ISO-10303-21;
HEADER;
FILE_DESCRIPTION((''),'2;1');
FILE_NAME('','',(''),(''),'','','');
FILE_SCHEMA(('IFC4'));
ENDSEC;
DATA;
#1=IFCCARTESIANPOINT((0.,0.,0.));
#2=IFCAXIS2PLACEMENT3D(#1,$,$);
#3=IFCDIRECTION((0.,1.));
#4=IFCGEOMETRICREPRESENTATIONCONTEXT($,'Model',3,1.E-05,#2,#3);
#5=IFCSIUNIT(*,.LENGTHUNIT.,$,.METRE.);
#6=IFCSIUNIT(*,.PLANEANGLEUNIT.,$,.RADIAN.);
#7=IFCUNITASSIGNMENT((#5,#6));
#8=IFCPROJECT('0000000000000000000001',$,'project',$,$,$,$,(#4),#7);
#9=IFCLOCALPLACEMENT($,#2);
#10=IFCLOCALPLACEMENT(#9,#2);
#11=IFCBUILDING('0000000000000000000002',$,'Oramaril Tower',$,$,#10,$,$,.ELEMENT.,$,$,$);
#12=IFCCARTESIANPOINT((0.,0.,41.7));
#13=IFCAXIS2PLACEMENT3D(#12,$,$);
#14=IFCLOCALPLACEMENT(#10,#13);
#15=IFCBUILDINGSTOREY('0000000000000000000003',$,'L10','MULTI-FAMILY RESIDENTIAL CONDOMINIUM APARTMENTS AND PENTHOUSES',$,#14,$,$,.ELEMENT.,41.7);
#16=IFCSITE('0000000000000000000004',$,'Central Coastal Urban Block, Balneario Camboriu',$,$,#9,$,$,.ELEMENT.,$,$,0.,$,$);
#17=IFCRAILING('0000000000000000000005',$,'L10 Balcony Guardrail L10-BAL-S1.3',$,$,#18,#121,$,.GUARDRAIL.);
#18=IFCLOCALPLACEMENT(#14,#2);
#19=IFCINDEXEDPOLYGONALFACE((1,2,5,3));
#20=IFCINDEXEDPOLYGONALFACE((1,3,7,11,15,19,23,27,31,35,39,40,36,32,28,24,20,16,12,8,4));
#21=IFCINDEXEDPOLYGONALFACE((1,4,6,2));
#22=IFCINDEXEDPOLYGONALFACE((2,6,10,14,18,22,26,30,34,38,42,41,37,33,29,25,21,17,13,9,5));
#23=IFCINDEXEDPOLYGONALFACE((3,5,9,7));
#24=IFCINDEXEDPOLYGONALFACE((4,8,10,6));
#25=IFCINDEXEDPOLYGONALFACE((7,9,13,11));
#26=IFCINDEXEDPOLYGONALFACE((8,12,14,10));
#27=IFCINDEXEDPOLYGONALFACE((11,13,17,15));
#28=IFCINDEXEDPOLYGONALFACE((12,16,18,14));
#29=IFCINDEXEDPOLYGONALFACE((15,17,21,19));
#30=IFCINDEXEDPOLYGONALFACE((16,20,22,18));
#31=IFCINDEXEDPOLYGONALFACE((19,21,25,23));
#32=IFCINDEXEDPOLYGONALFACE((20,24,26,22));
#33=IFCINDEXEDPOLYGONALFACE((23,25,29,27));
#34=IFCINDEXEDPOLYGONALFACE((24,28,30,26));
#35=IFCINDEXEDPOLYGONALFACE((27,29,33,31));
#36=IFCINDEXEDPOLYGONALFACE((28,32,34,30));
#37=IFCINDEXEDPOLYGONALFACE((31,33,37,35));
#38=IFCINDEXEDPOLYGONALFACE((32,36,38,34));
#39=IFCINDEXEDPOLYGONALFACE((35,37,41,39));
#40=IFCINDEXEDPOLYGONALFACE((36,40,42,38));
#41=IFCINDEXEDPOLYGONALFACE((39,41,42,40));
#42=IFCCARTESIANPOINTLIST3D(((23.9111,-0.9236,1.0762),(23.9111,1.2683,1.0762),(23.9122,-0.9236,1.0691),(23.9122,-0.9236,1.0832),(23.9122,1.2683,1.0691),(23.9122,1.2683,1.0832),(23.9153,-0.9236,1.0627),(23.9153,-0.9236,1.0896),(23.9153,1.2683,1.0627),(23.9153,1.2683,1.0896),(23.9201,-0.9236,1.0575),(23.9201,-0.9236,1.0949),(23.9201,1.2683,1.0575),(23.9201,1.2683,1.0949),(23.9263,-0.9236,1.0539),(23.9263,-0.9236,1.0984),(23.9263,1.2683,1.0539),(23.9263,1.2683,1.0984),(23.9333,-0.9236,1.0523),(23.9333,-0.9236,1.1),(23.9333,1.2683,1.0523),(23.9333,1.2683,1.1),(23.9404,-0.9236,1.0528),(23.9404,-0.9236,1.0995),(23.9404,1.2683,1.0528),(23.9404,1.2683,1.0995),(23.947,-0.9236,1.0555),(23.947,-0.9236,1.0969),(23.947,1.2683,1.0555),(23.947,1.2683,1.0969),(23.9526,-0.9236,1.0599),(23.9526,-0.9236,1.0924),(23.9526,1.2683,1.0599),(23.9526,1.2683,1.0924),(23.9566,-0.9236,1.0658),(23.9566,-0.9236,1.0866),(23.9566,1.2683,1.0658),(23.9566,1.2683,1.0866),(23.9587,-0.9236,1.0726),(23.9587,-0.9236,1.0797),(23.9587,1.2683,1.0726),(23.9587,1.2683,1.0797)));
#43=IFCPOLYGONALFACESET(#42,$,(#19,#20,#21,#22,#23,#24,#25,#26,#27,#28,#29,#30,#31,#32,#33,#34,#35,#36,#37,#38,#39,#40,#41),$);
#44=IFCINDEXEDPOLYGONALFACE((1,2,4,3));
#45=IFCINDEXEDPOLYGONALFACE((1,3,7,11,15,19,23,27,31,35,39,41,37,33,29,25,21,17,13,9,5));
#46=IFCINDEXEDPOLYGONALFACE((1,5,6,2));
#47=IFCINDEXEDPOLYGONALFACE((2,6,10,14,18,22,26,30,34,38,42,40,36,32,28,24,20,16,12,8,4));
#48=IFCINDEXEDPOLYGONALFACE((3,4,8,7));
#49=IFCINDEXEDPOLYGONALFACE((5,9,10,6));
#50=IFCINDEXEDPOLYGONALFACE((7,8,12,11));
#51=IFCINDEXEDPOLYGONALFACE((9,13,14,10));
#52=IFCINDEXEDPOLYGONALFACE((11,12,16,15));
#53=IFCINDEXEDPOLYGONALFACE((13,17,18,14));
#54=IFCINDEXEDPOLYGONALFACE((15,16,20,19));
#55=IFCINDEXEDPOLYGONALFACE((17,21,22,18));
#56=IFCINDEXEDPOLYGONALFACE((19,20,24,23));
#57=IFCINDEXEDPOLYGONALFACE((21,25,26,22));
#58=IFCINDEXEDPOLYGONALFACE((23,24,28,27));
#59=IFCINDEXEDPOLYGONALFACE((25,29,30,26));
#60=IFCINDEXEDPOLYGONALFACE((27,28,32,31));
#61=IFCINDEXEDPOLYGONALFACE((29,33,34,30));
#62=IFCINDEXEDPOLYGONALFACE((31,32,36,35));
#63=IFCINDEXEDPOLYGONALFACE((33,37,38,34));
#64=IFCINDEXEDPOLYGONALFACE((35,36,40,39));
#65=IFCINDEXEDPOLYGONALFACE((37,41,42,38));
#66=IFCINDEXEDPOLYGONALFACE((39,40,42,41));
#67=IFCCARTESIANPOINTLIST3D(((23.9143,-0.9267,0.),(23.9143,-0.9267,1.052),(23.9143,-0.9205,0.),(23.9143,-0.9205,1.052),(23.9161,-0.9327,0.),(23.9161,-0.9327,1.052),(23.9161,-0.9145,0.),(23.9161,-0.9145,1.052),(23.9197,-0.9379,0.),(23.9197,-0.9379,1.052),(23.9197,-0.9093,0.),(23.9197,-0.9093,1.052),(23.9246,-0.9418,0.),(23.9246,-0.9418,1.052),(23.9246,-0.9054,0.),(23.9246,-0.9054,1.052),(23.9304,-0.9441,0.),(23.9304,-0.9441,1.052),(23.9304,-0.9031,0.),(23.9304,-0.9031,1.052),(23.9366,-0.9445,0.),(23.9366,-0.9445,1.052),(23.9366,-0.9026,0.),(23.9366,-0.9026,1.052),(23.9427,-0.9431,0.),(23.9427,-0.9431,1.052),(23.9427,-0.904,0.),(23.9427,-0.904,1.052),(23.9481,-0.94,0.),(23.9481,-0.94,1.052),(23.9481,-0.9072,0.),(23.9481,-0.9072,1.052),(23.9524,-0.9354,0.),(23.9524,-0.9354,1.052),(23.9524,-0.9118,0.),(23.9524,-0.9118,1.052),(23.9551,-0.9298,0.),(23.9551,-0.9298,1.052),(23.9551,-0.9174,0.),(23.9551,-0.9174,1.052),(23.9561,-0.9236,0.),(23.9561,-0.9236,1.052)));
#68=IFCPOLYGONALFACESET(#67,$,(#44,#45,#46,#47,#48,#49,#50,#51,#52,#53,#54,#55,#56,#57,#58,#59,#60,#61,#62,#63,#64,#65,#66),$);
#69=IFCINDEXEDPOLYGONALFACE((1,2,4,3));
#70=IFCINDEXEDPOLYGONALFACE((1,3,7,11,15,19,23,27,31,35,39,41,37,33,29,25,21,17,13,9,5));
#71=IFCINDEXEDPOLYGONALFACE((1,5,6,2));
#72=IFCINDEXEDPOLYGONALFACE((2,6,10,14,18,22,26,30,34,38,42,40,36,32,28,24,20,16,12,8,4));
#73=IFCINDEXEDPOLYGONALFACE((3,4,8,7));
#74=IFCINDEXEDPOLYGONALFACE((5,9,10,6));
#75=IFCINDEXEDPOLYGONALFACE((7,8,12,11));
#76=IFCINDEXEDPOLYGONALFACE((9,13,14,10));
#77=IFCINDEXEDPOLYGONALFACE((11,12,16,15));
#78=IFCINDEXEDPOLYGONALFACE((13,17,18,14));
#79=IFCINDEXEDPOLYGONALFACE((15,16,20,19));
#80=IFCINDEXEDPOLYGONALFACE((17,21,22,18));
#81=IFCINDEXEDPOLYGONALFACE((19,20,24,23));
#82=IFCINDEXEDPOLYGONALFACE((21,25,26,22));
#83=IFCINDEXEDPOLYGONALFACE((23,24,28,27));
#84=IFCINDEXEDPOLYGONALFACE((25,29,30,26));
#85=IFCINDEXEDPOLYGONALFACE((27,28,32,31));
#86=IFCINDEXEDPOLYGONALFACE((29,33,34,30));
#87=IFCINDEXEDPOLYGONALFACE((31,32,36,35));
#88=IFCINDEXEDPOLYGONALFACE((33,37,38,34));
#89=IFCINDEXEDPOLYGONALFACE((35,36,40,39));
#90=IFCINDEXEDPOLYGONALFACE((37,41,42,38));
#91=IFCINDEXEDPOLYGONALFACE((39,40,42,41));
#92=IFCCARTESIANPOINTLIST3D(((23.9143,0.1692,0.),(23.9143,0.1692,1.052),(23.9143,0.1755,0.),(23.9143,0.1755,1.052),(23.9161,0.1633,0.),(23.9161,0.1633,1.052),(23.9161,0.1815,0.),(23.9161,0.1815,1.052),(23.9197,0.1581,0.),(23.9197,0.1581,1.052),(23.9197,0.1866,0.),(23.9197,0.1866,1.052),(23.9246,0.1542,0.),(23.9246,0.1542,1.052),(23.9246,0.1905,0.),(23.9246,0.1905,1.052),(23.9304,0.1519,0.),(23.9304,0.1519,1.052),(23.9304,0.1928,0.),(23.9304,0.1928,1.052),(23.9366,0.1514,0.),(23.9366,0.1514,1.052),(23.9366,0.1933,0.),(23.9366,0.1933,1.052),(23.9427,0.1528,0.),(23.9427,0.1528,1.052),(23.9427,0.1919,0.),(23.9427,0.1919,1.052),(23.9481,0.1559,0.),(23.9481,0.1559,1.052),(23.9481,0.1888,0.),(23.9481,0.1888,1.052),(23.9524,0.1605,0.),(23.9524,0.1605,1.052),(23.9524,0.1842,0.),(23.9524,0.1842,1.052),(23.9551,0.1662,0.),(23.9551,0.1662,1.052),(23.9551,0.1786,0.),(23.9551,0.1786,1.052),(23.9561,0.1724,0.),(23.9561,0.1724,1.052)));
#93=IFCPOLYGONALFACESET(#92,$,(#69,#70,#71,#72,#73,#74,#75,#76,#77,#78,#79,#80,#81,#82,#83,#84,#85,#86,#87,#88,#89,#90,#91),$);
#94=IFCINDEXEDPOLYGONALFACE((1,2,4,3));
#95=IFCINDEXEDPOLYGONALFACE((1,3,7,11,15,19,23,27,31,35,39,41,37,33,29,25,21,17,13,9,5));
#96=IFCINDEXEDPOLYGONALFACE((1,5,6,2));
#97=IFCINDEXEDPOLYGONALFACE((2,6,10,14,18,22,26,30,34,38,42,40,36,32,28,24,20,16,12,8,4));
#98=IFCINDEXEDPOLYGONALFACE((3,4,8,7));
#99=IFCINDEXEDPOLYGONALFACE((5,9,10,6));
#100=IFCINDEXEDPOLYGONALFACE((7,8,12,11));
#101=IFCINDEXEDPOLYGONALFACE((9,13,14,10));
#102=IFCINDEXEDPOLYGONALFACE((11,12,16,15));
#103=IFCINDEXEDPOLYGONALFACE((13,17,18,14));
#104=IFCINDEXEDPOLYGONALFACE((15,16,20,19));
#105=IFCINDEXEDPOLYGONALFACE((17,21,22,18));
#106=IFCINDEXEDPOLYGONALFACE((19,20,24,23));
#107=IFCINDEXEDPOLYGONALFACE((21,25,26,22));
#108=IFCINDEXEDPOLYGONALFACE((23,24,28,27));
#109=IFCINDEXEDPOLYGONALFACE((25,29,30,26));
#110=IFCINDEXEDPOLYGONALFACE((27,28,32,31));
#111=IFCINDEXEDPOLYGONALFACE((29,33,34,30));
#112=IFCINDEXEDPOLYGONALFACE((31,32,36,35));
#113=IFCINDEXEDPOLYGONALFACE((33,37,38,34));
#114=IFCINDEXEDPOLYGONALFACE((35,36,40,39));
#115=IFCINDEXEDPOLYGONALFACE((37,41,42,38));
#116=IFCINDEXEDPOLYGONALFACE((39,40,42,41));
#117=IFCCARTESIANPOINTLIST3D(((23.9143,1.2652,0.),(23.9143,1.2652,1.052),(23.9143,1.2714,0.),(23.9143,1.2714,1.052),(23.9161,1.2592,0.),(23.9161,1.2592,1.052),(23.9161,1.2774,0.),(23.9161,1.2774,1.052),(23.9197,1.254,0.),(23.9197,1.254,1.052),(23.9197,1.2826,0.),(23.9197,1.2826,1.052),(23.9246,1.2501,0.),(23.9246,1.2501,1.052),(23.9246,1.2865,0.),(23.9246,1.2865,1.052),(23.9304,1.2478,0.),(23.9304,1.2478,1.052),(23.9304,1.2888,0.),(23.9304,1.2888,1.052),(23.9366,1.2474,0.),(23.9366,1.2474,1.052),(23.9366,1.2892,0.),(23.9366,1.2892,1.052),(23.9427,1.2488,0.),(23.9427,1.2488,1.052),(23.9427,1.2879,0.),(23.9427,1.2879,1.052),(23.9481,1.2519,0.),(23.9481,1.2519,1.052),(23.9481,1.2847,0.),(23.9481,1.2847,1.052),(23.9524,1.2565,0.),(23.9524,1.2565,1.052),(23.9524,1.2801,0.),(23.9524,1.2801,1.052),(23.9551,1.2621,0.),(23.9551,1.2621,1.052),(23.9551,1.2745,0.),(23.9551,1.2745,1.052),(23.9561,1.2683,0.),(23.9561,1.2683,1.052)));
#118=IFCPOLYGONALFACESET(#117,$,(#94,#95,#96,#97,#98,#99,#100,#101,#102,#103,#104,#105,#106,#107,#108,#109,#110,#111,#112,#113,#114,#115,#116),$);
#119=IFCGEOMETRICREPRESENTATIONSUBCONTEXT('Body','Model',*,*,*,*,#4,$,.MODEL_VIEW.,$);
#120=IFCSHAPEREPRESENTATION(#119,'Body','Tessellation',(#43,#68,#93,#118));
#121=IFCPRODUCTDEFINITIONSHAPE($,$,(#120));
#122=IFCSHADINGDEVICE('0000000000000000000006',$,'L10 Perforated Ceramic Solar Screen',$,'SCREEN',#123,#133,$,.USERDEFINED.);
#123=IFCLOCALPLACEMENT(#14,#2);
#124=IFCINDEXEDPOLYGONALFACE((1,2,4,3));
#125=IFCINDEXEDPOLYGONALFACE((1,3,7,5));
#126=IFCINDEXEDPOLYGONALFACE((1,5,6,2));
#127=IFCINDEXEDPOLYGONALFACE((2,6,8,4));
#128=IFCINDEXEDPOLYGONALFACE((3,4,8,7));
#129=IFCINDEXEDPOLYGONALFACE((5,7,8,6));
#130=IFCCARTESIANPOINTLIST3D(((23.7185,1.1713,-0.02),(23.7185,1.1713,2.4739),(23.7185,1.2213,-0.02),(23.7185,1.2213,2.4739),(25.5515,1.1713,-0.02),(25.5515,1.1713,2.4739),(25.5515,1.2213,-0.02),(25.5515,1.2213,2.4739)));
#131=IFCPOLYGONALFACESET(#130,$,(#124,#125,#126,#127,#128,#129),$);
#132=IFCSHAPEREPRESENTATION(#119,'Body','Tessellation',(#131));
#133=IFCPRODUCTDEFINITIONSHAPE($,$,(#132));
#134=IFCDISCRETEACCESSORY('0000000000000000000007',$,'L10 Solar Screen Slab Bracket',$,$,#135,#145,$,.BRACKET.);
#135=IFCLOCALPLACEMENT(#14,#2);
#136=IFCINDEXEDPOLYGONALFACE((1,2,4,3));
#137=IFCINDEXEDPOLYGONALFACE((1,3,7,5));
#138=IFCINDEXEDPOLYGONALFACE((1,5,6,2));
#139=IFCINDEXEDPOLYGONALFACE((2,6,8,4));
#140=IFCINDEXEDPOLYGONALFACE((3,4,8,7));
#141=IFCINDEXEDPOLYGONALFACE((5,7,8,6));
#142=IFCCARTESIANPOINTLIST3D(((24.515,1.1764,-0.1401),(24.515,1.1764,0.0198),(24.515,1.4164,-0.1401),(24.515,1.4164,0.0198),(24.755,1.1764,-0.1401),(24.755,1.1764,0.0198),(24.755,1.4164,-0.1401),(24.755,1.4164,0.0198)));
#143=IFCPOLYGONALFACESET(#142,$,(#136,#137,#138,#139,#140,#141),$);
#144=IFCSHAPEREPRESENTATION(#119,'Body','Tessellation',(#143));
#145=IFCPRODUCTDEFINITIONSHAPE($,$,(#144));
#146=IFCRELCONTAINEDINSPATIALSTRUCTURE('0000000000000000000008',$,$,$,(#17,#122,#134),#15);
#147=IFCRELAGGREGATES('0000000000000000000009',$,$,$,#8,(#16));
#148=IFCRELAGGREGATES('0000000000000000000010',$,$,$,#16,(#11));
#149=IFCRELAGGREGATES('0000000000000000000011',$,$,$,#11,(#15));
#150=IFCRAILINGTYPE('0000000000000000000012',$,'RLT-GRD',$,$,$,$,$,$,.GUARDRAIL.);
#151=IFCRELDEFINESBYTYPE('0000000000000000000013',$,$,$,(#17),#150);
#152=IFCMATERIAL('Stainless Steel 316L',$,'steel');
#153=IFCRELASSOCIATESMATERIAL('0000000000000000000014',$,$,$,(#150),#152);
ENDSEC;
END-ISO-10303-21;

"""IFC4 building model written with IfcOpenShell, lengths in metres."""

from ifc_helpers import new_model, si_unit, direction, frame, origin, origin_2d, place, context, subcontext, project, spatial, rectangle, circle, extrude, material, type_object, element, save


model = new_model("IFC4")

# Units and contexts
model_context = context("Model", 3, precision=1e-05, world=origin(), true_north=direction((0.0, 1.0)))
body_context = subcontext(model_context, "Body", "Model", "MODEL_VIEW")
ifc_project = project(units=[si_unit("LENGTHUNIT", "METRE"), si_unit("PLANEANGLEUNIT", "RADIAN")], contexts=[model_context])

# Site, building, storey
site_placement = place(None, origin())
site = spatial("IfcSite", under=ifc_project, at=site_placement, Name="Central Coastal Urban Block, Balneario Camboriu", CompositionType="ELEMENT", RefElevation=0.0)
building_placement = place(site_placement, origin())
building = spatial("IfcBuilding", under=site, at=building_placement, Name="Oramaril Tower", CompositionType="ELEMENT")
storey_placement = place(building_placement, frame((0.0, 0.0, 41.7)))
storey = spatial("IfcBuildingStorey", under=building, at=storey_placement, Name="L10", Description="MULTI-FAMILY RESIDENTIAL CONDOMINIUM APARTMENTS AND PENTHOUSES", CompositionType="ELEMENT", Elevation=41.7)

# Railing
ifc_material_1 = material(Name="Stainless Steel 316L", Category="steel")
railing_type = type_object("IfcRailingType", Name="RLT-GRD", PredefinedType="GUARDRAIL", material=ifc_material_1)
railing_1_placement = place(storey_placement, frame((23.9351, -0.9236, 0.0)))
element("IfcRailing", 1, at=railing_1_placement, inside=storey, type_object=railing_type, Name="L10 Balcony Guardrail L10-BAL-S1.3", PredefinedType="GUARDRAIL", context=body_context, shape_type="SweptSolid", body=[
    extrude(circle(Radius=0.0239, at=origin_2d()), frame((0.0, 0.0, 1.0762), z_axis=(0.0, 1.0, 0.0), x_axis=(-1.0, 0.0, 0.0)), (0.0, 0.0, 1.0), 2.1919),
    extrude(circle(Radius=0.021, at=origin_2d()), origin(), (0.0, 0.0, 1.0), 1.052),
    extrude(circle(Radius=0.021, at=origin_2d()), frame((0.0, 1.0959, 0.0)), (0.0, 0.0, 1.0), 1.052),
    extrude(circle(Radius=0.021, at=origin_2d()), frame((0.0, 2.1919, 0.0)), (0.0, 0.0, 1.0), 1.052),
])

# Shading device
shading_device_placement = place(storey_placement, frame((24.635, 1.1963, -0.02), z_axis=(0.0, 0.0, 1.0), x_axis=(1.0, 0.0, 0.0)))
element("IfcShadingDevice", 2, at=shading_device_placement, inside=storey, Name="L10 Perforated Ceramic Solar Screen", ObjectType="SCREEN", PredefinedType="USERDEFINED", context=body_context, shape_type="SweptSolid", body=[
    extrude(rectangle(XDim=1.833, YDim=0.05, at=origin_2d()), origin(), (0.0, 0.0, 1.0), 2.4939),
])

# Discrete accessory
discrete_accessory_placement = place(storey_placement, frame((24.635, 1.2964, -0.1401), z_axis=(0.0, 0.0, 1.0), x_axis=(1.0, 0.0, 0.0)))
element("IfcDiscreteAccessory", 3, at=discrete_accessory_placement, inside=storey, Name="L10 Solar Screen Slab Bracket", PredefinedType="BRACKET", context=body_context, shape_type="SweptSolid", body=[
    extrude(rectangle(XDim=0.24, YDim=0.24, at=origin_2d()), origin(), (0.0, 0.0, 1.0), 0.1599),
])

save(model, "model.ifc")
